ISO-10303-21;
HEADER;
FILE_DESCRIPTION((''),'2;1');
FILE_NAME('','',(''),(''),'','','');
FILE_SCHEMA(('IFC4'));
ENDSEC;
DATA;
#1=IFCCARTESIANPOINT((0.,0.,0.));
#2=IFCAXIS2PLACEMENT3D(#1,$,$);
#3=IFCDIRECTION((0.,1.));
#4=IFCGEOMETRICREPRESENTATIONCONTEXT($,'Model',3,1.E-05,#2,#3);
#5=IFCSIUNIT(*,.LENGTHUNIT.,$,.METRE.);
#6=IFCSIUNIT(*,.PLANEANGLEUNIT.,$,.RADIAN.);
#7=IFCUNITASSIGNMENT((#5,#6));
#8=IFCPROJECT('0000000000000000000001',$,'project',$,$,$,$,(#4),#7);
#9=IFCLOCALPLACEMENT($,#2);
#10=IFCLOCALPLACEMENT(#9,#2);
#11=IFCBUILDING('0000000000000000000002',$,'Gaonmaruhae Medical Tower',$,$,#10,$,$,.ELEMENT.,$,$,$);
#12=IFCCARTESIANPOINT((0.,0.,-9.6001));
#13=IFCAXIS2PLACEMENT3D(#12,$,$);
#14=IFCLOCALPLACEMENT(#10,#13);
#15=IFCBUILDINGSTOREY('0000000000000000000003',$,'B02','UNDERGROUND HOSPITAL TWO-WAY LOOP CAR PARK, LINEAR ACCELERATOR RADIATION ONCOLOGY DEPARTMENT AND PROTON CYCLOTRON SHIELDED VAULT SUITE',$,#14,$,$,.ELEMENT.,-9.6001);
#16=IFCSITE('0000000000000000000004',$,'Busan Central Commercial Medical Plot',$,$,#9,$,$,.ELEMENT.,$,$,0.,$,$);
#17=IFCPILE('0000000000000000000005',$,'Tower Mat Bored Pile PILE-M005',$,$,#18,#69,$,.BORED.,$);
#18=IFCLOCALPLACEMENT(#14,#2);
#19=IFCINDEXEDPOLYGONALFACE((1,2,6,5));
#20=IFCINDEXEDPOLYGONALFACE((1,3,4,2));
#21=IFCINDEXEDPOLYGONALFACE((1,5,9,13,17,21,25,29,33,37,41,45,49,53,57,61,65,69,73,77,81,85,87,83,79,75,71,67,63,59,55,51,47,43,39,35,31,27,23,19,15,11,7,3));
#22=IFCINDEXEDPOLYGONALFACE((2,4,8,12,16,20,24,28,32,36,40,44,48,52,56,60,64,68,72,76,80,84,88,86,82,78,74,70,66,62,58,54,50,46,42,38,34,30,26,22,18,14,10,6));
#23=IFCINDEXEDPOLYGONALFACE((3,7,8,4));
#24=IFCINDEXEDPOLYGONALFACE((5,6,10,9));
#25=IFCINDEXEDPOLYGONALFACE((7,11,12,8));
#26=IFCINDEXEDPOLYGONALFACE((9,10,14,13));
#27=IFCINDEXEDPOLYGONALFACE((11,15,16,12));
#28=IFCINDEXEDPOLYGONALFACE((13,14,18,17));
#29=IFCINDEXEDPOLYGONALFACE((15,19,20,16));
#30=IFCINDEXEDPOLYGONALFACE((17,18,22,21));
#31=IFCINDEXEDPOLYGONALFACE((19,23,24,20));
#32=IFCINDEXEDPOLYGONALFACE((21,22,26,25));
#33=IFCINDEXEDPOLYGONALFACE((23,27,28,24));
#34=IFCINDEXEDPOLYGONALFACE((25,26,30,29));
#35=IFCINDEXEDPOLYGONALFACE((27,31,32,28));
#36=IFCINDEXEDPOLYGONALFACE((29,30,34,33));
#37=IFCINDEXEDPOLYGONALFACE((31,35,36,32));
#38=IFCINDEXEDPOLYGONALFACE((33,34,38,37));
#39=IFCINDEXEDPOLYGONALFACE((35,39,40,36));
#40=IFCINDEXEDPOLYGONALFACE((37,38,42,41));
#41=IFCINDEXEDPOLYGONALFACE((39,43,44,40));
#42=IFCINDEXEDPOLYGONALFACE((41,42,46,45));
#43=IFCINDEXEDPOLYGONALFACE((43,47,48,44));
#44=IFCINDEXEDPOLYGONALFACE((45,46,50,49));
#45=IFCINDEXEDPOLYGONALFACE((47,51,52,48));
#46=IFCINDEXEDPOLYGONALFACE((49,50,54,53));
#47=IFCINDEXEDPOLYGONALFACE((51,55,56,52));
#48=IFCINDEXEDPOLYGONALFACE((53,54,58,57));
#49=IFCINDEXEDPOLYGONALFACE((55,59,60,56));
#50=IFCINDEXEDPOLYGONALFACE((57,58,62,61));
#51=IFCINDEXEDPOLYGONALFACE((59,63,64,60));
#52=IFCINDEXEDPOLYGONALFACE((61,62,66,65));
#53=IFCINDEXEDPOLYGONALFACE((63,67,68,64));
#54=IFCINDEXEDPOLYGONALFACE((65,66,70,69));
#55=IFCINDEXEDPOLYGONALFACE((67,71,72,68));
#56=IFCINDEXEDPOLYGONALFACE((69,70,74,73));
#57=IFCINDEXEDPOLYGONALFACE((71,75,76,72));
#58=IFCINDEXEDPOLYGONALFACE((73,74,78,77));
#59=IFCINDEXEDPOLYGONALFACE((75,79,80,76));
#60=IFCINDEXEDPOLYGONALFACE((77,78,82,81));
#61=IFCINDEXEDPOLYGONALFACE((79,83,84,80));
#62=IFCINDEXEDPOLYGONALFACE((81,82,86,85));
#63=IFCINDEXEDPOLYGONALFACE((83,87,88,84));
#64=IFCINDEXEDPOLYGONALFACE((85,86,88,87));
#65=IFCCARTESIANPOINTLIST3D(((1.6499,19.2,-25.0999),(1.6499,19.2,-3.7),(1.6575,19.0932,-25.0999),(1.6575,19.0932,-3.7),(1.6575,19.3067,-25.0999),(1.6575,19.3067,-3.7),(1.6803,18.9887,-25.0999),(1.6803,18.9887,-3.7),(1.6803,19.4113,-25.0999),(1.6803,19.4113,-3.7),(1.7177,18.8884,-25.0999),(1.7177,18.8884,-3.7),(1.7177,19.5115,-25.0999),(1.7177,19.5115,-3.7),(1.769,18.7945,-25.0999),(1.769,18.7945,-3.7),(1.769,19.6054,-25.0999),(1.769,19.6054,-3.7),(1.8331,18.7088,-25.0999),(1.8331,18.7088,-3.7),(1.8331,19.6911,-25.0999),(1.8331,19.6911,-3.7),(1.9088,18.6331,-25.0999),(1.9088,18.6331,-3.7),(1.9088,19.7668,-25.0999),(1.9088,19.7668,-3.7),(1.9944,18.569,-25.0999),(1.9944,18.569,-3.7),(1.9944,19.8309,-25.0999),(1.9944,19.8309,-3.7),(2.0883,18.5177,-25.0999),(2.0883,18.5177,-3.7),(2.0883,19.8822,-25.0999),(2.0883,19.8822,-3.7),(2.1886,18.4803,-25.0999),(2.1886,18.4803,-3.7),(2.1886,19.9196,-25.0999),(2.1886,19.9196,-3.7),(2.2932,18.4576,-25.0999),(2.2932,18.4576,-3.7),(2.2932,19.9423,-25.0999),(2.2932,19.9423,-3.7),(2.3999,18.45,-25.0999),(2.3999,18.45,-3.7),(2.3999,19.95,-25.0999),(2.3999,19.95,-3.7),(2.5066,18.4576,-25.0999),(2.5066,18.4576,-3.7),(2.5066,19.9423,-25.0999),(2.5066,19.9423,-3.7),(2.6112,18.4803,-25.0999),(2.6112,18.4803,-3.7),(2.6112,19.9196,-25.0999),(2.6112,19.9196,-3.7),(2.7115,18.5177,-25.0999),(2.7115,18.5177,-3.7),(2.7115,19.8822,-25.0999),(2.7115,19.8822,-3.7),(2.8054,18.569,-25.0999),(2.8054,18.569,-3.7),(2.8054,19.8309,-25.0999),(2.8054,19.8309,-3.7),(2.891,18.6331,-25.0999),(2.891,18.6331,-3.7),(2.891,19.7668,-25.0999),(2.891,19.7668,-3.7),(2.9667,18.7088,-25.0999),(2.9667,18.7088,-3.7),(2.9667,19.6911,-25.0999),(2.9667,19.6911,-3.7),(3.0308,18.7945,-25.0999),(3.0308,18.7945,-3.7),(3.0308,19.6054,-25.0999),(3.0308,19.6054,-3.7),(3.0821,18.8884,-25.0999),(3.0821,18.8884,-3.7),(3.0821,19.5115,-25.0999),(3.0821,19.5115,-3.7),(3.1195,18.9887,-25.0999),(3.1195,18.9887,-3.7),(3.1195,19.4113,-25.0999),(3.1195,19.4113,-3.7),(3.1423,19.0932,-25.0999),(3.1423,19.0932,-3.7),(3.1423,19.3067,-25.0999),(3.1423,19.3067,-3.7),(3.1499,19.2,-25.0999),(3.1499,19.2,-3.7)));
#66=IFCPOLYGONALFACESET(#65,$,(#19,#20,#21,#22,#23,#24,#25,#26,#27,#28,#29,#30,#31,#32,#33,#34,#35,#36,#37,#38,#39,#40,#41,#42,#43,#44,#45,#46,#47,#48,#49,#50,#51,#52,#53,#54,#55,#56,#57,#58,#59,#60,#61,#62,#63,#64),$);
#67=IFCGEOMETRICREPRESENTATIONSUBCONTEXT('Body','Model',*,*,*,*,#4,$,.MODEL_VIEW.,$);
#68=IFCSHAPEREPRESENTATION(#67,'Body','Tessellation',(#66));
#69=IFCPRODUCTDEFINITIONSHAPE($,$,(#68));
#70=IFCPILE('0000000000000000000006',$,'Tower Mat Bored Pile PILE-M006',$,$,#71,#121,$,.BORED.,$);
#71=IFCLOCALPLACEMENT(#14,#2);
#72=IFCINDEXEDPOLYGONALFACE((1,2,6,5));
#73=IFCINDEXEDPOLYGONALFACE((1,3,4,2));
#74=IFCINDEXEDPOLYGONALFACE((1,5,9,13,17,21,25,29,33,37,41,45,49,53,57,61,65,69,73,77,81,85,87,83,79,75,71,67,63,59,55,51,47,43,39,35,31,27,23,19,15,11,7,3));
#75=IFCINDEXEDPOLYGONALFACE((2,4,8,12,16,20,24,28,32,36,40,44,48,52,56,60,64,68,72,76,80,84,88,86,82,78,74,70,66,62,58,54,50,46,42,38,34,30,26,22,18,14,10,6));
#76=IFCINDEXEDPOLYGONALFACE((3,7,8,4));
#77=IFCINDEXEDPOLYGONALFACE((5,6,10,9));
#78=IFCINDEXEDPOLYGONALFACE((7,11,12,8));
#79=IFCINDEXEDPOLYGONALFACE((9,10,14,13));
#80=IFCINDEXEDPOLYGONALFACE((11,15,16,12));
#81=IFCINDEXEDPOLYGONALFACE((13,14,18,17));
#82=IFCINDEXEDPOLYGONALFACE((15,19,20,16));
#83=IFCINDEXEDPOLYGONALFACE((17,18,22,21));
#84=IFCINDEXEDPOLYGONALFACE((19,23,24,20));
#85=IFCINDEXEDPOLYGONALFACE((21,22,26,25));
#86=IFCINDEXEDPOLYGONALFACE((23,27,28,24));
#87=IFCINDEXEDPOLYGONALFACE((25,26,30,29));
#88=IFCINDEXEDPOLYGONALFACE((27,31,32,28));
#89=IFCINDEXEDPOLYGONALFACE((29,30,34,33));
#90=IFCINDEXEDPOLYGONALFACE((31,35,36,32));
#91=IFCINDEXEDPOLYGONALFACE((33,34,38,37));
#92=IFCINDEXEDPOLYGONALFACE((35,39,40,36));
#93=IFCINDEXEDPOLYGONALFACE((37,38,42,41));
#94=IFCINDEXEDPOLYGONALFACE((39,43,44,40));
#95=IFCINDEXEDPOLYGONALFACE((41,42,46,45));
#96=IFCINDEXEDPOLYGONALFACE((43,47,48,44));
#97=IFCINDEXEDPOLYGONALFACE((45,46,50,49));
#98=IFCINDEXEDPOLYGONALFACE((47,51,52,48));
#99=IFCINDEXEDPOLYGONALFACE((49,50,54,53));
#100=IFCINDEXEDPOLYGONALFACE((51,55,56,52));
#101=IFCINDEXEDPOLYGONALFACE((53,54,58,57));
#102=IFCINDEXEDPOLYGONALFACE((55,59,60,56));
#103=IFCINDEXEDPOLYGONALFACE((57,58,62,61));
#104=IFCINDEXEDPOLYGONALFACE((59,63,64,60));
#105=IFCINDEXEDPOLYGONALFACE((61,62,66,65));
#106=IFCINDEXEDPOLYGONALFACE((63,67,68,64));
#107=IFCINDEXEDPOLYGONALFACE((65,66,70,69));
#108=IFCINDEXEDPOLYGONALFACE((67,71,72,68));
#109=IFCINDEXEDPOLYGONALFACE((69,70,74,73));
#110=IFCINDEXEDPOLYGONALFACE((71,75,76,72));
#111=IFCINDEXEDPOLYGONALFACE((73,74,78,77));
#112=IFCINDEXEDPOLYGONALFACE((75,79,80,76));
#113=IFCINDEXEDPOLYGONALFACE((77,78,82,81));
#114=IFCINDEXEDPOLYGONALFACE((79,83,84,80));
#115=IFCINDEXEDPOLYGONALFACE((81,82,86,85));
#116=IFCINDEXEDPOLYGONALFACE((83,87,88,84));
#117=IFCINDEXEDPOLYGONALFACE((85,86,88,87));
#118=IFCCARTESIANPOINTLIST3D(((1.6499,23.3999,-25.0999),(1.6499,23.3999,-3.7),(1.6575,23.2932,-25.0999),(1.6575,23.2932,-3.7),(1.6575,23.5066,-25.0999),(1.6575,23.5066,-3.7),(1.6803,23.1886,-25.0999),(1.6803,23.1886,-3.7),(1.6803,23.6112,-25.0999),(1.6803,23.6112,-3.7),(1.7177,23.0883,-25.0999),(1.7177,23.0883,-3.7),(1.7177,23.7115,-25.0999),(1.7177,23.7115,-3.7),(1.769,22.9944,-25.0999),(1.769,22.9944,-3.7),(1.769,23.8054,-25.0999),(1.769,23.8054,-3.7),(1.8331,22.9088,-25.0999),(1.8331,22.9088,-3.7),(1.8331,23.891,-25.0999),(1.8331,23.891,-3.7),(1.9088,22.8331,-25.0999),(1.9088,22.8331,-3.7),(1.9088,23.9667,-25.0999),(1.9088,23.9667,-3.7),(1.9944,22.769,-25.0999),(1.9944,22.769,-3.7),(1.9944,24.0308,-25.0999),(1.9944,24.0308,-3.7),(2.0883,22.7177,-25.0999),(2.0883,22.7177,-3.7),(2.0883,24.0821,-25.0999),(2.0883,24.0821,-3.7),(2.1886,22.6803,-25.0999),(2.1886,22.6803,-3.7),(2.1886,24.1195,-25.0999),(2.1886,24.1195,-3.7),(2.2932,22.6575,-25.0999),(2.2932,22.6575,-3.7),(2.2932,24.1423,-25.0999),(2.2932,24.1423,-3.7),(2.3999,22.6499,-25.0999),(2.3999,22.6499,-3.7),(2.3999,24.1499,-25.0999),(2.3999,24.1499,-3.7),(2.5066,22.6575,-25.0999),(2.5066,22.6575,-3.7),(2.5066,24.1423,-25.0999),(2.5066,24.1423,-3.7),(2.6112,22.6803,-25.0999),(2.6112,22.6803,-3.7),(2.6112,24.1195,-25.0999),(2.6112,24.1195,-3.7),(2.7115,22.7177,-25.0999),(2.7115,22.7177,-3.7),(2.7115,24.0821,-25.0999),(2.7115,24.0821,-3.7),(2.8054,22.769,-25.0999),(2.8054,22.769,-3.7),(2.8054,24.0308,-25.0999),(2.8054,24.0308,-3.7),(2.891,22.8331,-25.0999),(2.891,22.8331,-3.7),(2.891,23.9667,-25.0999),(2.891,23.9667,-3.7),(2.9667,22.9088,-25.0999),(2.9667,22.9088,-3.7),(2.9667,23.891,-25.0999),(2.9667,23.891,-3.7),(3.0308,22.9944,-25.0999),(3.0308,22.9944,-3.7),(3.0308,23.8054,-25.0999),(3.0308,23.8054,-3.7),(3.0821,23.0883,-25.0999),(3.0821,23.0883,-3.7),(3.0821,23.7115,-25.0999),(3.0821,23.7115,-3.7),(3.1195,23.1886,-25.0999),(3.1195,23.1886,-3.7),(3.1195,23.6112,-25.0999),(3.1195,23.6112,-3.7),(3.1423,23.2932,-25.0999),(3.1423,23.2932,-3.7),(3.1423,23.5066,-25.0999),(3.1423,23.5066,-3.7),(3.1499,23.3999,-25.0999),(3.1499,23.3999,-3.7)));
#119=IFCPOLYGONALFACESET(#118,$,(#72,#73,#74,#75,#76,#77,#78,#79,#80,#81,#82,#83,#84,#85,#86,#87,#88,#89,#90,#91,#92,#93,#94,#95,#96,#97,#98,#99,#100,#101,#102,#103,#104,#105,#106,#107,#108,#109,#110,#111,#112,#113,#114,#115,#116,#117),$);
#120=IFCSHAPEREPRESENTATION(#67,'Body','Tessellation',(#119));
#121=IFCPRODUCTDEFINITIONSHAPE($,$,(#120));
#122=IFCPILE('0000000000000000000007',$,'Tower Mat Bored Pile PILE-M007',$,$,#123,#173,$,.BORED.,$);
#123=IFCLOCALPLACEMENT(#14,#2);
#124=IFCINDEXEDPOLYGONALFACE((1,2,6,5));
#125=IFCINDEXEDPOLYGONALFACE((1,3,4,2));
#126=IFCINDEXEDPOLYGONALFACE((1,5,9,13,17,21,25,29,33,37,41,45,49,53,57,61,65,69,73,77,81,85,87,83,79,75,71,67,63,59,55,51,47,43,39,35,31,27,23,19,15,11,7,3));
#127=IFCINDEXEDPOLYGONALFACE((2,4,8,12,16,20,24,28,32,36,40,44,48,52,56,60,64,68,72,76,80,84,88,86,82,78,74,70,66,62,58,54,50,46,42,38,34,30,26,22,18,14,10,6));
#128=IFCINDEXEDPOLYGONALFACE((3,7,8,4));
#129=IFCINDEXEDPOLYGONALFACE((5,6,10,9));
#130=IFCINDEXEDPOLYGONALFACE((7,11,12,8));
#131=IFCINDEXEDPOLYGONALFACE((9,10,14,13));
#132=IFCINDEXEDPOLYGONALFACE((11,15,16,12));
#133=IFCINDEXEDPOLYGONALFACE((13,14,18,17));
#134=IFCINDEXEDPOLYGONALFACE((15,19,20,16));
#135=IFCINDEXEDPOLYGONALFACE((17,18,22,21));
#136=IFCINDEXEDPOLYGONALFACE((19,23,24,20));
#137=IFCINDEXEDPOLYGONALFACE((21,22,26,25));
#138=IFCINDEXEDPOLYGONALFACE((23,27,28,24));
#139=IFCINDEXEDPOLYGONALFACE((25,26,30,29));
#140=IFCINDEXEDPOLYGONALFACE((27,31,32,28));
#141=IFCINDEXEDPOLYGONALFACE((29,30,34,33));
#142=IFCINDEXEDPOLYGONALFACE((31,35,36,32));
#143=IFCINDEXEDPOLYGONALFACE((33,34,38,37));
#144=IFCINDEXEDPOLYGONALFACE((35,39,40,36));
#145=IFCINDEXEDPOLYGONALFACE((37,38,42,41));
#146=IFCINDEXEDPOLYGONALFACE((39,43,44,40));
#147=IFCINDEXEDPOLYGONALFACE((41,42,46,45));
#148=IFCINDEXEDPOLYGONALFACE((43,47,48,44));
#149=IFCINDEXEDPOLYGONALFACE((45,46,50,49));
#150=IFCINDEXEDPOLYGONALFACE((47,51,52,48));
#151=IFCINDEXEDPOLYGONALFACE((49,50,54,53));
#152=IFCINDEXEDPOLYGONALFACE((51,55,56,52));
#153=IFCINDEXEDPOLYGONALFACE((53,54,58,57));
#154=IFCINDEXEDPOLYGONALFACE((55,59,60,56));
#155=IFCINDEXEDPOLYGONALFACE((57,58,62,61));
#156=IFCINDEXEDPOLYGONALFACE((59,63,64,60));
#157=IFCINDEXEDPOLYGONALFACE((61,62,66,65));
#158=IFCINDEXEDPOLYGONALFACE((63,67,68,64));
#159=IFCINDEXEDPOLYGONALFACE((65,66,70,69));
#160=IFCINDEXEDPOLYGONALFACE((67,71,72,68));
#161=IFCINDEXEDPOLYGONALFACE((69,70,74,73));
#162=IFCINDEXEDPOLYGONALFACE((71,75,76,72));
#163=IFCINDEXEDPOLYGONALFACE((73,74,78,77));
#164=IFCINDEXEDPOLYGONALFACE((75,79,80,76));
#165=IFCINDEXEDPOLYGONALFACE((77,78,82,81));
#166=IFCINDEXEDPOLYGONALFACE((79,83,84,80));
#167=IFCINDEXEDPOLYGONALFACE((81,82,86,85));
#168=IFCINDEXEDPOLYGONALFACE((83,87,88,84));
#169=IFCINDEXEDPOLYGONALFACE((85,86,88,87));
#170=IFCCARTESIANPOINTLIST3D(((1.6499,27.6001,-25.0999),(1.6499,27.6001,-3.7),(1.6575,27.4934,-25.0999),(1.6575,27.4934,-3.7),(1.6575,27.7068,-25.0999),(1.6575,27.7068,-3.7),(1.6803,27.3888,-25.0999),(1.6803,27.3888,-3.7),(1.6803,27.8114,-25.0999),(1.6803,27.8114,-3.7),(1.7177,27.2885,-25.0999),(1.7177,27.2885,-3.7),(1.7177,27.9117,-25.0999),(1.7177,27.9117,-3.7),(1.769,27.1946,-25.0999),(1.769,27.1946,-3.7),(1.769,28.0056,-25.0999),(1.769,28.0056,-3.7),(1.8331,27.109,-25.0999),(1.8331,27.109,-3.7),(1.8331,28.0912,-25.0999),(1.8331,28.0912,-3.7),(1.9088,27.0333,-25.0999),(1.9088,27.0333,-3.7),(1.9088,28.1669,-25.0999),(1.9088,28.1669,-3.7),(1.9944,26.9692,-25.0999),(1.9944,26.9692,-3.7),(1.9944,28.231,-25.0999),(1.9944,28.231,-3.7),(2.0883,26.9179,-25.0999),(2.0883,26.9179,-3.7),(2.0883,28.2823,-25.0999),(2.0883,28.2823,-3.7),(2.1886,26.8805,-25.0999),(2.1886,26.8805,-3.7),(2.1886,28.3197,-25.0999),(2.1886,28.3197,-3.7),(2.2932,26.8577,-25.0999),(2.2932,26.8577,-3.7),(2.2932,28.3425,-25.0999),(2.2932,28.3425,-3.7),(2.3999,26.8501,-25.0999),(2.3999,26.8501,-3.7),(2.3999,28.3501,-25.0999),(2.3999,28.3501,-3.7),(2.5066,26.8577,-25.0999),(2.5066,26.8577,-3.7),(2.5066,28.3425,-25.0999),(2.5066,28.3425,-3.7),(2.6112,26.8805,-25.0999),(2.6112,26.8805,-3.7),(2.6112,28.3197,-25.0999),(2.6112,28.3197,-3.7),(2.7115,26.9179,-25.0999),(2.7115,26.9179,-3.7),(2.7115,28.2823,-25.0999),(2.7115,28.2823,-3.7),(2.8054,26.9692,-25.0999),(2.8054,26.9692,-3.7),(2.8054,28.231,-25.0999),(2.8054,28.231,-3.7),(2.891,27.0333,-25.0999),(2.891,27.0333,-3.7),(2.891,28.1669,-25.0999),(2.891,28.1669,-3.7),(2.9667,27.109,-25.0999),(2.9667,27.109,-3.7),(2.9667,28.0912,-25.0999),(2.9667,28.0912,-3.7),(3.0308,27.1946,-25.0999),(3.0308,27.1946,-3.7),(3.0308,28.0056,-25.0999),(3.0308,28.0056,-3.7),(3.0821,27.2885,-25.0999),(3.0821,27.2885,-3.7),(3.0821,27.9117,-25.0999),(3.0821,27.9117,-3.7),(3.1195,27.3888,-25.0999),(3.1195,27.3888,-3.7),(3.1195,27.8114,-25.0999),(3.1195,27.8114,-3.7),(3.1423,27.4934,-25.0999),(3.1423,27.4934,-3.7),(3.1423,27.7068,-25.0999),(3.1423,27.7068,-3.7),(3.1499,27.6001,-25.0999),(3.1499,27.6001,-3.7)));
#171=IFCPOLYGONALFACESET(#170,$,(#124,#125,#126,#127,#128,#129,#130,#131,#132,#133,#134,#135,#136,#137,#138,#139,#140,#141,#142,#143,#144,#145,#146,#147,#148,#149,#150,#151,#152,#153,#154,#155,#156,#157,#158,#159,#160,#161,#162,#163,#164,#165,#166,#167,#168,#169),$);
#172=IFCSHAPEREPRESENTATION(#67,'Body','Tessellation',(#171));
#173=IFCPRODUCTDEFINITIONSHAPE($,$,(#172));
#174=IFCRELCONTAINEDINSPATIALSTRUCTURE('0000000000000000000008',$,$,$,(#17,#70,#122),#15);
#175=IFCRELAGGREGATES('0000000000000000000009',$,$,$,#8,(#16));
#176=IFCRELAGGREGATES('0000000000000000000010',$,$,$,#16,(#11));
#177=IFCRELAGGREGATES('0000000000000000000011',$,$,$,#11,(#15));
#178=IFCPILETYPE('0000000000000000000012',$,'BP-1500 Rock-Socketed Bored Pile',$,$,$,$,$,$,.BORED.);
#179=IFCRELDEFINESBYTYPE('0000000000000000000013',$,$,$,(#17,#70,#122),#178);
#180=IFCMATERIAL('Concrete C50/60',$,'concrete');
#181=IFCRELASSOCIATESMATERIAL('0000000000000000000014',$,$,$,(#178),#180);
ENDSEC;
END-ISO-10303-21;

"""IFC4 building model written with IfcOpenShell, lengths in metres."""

from ifc_helpers import new_model, si_unit, direction, frame, origin, origin_2d, place, context, subcontext, project, spatial, circle, extrude, material, material_profile, profile_set, type_object, element, save


model = new_model("IFC4")

# Units and contexts
model_context = context("Model", 3, precision=1e-05, world=origin(), true_north=direction((0.0, 1.0)))
body_context = subcontext(model_context, "Body", "Model", "MODEL_VIEW")
ifc_project = project(units=[si_unit("LENGTHUNIT", "METRE"), si_unit("PLANEANGLEUNIT", "RADIAN")], contexts=[model_context])

# Site, building, storey
site_placement = place(None, origin())
site = spatial("IfcSite", under=ifc_project, at=site_placement, Name="Busan Central Commercial Medical Plot", CompositionType="ELEMENT", RefElevation=0.0)
building_placement = place(site_placement, origin())
building = spatial("IfcBuilding", under=site, at=building_placement, Name="Gaonmaruhae Medical Tower", CompositionType="ELEMENT")
storey_placement = place(building_placement, frame((0.0, 0.0, -9.6001)))
storey = spatial("IfcBuildingStorey", under=building, at=storey_placement, Name="B02", Description="UNDERGROUND HOSPITAL TWO-WAY LOOP CAR PARK, LINEAR ACCELERATOR RADIATION ONCOLOGY DEPARTMENT AND PROTON CYCLOTRON SHIELDED VAULT SUITE", CompositionType="ELEMENT", Elevation=-9.6001)

# Piles
ifc_material_1 = material(Name="Concrete C50/60", Category="concrete")
ifc_material_profile_1 = material_profile(ifc_material_1, circle(Radius=0.75, at=origin_2d()), Name="PILE-D1500")
ifc_profile_set_1 = profile_set([ifc_material_profile_1], Name="Concrete C50/60")
pile_type = type_object("IfcPileType", Name="BP-1500 Rock-Socketed Bored Pile", PredefinedType="BORED", material=ifc_profile_set_1)
for number, where, z_axis, x_axis, name in (
    (1, (2.3999, 19.2, -3.7), (0.0, 0.0, -1.0), (1.0, 0.0, 0.0), "Tower Mat Bored Pile PILE-M005"),
    (2, (2.3999, 23.3999, -3.7), (0.0, 0.0, -1.0), (1.0, 0.0, 0.0), "Tower Mat Bored Pile PILE-M006"),
    (3, (2.3999, 27.6001, -3.7), (0.0, 0.0, -1.0), (1.0, 0.0, 0.0), "Tower Mat Bored Pile PILE-M007"),
):
    element("IfcPile", number, at=place(storey_placement, frame(where, z_axis=z_axis, x_axis=x_axis)), inside=storey, type_object=pile_type, Name=name, PredefinedType="BORED", context=body_context, shape_type="SweptSolid", body=[
        extrude(circle(Radius=0.75, at=origin_2d()), origin(), (0.0, 0.0, 1.0), 21.3999),
    ])

save(model, "model.ifc")
